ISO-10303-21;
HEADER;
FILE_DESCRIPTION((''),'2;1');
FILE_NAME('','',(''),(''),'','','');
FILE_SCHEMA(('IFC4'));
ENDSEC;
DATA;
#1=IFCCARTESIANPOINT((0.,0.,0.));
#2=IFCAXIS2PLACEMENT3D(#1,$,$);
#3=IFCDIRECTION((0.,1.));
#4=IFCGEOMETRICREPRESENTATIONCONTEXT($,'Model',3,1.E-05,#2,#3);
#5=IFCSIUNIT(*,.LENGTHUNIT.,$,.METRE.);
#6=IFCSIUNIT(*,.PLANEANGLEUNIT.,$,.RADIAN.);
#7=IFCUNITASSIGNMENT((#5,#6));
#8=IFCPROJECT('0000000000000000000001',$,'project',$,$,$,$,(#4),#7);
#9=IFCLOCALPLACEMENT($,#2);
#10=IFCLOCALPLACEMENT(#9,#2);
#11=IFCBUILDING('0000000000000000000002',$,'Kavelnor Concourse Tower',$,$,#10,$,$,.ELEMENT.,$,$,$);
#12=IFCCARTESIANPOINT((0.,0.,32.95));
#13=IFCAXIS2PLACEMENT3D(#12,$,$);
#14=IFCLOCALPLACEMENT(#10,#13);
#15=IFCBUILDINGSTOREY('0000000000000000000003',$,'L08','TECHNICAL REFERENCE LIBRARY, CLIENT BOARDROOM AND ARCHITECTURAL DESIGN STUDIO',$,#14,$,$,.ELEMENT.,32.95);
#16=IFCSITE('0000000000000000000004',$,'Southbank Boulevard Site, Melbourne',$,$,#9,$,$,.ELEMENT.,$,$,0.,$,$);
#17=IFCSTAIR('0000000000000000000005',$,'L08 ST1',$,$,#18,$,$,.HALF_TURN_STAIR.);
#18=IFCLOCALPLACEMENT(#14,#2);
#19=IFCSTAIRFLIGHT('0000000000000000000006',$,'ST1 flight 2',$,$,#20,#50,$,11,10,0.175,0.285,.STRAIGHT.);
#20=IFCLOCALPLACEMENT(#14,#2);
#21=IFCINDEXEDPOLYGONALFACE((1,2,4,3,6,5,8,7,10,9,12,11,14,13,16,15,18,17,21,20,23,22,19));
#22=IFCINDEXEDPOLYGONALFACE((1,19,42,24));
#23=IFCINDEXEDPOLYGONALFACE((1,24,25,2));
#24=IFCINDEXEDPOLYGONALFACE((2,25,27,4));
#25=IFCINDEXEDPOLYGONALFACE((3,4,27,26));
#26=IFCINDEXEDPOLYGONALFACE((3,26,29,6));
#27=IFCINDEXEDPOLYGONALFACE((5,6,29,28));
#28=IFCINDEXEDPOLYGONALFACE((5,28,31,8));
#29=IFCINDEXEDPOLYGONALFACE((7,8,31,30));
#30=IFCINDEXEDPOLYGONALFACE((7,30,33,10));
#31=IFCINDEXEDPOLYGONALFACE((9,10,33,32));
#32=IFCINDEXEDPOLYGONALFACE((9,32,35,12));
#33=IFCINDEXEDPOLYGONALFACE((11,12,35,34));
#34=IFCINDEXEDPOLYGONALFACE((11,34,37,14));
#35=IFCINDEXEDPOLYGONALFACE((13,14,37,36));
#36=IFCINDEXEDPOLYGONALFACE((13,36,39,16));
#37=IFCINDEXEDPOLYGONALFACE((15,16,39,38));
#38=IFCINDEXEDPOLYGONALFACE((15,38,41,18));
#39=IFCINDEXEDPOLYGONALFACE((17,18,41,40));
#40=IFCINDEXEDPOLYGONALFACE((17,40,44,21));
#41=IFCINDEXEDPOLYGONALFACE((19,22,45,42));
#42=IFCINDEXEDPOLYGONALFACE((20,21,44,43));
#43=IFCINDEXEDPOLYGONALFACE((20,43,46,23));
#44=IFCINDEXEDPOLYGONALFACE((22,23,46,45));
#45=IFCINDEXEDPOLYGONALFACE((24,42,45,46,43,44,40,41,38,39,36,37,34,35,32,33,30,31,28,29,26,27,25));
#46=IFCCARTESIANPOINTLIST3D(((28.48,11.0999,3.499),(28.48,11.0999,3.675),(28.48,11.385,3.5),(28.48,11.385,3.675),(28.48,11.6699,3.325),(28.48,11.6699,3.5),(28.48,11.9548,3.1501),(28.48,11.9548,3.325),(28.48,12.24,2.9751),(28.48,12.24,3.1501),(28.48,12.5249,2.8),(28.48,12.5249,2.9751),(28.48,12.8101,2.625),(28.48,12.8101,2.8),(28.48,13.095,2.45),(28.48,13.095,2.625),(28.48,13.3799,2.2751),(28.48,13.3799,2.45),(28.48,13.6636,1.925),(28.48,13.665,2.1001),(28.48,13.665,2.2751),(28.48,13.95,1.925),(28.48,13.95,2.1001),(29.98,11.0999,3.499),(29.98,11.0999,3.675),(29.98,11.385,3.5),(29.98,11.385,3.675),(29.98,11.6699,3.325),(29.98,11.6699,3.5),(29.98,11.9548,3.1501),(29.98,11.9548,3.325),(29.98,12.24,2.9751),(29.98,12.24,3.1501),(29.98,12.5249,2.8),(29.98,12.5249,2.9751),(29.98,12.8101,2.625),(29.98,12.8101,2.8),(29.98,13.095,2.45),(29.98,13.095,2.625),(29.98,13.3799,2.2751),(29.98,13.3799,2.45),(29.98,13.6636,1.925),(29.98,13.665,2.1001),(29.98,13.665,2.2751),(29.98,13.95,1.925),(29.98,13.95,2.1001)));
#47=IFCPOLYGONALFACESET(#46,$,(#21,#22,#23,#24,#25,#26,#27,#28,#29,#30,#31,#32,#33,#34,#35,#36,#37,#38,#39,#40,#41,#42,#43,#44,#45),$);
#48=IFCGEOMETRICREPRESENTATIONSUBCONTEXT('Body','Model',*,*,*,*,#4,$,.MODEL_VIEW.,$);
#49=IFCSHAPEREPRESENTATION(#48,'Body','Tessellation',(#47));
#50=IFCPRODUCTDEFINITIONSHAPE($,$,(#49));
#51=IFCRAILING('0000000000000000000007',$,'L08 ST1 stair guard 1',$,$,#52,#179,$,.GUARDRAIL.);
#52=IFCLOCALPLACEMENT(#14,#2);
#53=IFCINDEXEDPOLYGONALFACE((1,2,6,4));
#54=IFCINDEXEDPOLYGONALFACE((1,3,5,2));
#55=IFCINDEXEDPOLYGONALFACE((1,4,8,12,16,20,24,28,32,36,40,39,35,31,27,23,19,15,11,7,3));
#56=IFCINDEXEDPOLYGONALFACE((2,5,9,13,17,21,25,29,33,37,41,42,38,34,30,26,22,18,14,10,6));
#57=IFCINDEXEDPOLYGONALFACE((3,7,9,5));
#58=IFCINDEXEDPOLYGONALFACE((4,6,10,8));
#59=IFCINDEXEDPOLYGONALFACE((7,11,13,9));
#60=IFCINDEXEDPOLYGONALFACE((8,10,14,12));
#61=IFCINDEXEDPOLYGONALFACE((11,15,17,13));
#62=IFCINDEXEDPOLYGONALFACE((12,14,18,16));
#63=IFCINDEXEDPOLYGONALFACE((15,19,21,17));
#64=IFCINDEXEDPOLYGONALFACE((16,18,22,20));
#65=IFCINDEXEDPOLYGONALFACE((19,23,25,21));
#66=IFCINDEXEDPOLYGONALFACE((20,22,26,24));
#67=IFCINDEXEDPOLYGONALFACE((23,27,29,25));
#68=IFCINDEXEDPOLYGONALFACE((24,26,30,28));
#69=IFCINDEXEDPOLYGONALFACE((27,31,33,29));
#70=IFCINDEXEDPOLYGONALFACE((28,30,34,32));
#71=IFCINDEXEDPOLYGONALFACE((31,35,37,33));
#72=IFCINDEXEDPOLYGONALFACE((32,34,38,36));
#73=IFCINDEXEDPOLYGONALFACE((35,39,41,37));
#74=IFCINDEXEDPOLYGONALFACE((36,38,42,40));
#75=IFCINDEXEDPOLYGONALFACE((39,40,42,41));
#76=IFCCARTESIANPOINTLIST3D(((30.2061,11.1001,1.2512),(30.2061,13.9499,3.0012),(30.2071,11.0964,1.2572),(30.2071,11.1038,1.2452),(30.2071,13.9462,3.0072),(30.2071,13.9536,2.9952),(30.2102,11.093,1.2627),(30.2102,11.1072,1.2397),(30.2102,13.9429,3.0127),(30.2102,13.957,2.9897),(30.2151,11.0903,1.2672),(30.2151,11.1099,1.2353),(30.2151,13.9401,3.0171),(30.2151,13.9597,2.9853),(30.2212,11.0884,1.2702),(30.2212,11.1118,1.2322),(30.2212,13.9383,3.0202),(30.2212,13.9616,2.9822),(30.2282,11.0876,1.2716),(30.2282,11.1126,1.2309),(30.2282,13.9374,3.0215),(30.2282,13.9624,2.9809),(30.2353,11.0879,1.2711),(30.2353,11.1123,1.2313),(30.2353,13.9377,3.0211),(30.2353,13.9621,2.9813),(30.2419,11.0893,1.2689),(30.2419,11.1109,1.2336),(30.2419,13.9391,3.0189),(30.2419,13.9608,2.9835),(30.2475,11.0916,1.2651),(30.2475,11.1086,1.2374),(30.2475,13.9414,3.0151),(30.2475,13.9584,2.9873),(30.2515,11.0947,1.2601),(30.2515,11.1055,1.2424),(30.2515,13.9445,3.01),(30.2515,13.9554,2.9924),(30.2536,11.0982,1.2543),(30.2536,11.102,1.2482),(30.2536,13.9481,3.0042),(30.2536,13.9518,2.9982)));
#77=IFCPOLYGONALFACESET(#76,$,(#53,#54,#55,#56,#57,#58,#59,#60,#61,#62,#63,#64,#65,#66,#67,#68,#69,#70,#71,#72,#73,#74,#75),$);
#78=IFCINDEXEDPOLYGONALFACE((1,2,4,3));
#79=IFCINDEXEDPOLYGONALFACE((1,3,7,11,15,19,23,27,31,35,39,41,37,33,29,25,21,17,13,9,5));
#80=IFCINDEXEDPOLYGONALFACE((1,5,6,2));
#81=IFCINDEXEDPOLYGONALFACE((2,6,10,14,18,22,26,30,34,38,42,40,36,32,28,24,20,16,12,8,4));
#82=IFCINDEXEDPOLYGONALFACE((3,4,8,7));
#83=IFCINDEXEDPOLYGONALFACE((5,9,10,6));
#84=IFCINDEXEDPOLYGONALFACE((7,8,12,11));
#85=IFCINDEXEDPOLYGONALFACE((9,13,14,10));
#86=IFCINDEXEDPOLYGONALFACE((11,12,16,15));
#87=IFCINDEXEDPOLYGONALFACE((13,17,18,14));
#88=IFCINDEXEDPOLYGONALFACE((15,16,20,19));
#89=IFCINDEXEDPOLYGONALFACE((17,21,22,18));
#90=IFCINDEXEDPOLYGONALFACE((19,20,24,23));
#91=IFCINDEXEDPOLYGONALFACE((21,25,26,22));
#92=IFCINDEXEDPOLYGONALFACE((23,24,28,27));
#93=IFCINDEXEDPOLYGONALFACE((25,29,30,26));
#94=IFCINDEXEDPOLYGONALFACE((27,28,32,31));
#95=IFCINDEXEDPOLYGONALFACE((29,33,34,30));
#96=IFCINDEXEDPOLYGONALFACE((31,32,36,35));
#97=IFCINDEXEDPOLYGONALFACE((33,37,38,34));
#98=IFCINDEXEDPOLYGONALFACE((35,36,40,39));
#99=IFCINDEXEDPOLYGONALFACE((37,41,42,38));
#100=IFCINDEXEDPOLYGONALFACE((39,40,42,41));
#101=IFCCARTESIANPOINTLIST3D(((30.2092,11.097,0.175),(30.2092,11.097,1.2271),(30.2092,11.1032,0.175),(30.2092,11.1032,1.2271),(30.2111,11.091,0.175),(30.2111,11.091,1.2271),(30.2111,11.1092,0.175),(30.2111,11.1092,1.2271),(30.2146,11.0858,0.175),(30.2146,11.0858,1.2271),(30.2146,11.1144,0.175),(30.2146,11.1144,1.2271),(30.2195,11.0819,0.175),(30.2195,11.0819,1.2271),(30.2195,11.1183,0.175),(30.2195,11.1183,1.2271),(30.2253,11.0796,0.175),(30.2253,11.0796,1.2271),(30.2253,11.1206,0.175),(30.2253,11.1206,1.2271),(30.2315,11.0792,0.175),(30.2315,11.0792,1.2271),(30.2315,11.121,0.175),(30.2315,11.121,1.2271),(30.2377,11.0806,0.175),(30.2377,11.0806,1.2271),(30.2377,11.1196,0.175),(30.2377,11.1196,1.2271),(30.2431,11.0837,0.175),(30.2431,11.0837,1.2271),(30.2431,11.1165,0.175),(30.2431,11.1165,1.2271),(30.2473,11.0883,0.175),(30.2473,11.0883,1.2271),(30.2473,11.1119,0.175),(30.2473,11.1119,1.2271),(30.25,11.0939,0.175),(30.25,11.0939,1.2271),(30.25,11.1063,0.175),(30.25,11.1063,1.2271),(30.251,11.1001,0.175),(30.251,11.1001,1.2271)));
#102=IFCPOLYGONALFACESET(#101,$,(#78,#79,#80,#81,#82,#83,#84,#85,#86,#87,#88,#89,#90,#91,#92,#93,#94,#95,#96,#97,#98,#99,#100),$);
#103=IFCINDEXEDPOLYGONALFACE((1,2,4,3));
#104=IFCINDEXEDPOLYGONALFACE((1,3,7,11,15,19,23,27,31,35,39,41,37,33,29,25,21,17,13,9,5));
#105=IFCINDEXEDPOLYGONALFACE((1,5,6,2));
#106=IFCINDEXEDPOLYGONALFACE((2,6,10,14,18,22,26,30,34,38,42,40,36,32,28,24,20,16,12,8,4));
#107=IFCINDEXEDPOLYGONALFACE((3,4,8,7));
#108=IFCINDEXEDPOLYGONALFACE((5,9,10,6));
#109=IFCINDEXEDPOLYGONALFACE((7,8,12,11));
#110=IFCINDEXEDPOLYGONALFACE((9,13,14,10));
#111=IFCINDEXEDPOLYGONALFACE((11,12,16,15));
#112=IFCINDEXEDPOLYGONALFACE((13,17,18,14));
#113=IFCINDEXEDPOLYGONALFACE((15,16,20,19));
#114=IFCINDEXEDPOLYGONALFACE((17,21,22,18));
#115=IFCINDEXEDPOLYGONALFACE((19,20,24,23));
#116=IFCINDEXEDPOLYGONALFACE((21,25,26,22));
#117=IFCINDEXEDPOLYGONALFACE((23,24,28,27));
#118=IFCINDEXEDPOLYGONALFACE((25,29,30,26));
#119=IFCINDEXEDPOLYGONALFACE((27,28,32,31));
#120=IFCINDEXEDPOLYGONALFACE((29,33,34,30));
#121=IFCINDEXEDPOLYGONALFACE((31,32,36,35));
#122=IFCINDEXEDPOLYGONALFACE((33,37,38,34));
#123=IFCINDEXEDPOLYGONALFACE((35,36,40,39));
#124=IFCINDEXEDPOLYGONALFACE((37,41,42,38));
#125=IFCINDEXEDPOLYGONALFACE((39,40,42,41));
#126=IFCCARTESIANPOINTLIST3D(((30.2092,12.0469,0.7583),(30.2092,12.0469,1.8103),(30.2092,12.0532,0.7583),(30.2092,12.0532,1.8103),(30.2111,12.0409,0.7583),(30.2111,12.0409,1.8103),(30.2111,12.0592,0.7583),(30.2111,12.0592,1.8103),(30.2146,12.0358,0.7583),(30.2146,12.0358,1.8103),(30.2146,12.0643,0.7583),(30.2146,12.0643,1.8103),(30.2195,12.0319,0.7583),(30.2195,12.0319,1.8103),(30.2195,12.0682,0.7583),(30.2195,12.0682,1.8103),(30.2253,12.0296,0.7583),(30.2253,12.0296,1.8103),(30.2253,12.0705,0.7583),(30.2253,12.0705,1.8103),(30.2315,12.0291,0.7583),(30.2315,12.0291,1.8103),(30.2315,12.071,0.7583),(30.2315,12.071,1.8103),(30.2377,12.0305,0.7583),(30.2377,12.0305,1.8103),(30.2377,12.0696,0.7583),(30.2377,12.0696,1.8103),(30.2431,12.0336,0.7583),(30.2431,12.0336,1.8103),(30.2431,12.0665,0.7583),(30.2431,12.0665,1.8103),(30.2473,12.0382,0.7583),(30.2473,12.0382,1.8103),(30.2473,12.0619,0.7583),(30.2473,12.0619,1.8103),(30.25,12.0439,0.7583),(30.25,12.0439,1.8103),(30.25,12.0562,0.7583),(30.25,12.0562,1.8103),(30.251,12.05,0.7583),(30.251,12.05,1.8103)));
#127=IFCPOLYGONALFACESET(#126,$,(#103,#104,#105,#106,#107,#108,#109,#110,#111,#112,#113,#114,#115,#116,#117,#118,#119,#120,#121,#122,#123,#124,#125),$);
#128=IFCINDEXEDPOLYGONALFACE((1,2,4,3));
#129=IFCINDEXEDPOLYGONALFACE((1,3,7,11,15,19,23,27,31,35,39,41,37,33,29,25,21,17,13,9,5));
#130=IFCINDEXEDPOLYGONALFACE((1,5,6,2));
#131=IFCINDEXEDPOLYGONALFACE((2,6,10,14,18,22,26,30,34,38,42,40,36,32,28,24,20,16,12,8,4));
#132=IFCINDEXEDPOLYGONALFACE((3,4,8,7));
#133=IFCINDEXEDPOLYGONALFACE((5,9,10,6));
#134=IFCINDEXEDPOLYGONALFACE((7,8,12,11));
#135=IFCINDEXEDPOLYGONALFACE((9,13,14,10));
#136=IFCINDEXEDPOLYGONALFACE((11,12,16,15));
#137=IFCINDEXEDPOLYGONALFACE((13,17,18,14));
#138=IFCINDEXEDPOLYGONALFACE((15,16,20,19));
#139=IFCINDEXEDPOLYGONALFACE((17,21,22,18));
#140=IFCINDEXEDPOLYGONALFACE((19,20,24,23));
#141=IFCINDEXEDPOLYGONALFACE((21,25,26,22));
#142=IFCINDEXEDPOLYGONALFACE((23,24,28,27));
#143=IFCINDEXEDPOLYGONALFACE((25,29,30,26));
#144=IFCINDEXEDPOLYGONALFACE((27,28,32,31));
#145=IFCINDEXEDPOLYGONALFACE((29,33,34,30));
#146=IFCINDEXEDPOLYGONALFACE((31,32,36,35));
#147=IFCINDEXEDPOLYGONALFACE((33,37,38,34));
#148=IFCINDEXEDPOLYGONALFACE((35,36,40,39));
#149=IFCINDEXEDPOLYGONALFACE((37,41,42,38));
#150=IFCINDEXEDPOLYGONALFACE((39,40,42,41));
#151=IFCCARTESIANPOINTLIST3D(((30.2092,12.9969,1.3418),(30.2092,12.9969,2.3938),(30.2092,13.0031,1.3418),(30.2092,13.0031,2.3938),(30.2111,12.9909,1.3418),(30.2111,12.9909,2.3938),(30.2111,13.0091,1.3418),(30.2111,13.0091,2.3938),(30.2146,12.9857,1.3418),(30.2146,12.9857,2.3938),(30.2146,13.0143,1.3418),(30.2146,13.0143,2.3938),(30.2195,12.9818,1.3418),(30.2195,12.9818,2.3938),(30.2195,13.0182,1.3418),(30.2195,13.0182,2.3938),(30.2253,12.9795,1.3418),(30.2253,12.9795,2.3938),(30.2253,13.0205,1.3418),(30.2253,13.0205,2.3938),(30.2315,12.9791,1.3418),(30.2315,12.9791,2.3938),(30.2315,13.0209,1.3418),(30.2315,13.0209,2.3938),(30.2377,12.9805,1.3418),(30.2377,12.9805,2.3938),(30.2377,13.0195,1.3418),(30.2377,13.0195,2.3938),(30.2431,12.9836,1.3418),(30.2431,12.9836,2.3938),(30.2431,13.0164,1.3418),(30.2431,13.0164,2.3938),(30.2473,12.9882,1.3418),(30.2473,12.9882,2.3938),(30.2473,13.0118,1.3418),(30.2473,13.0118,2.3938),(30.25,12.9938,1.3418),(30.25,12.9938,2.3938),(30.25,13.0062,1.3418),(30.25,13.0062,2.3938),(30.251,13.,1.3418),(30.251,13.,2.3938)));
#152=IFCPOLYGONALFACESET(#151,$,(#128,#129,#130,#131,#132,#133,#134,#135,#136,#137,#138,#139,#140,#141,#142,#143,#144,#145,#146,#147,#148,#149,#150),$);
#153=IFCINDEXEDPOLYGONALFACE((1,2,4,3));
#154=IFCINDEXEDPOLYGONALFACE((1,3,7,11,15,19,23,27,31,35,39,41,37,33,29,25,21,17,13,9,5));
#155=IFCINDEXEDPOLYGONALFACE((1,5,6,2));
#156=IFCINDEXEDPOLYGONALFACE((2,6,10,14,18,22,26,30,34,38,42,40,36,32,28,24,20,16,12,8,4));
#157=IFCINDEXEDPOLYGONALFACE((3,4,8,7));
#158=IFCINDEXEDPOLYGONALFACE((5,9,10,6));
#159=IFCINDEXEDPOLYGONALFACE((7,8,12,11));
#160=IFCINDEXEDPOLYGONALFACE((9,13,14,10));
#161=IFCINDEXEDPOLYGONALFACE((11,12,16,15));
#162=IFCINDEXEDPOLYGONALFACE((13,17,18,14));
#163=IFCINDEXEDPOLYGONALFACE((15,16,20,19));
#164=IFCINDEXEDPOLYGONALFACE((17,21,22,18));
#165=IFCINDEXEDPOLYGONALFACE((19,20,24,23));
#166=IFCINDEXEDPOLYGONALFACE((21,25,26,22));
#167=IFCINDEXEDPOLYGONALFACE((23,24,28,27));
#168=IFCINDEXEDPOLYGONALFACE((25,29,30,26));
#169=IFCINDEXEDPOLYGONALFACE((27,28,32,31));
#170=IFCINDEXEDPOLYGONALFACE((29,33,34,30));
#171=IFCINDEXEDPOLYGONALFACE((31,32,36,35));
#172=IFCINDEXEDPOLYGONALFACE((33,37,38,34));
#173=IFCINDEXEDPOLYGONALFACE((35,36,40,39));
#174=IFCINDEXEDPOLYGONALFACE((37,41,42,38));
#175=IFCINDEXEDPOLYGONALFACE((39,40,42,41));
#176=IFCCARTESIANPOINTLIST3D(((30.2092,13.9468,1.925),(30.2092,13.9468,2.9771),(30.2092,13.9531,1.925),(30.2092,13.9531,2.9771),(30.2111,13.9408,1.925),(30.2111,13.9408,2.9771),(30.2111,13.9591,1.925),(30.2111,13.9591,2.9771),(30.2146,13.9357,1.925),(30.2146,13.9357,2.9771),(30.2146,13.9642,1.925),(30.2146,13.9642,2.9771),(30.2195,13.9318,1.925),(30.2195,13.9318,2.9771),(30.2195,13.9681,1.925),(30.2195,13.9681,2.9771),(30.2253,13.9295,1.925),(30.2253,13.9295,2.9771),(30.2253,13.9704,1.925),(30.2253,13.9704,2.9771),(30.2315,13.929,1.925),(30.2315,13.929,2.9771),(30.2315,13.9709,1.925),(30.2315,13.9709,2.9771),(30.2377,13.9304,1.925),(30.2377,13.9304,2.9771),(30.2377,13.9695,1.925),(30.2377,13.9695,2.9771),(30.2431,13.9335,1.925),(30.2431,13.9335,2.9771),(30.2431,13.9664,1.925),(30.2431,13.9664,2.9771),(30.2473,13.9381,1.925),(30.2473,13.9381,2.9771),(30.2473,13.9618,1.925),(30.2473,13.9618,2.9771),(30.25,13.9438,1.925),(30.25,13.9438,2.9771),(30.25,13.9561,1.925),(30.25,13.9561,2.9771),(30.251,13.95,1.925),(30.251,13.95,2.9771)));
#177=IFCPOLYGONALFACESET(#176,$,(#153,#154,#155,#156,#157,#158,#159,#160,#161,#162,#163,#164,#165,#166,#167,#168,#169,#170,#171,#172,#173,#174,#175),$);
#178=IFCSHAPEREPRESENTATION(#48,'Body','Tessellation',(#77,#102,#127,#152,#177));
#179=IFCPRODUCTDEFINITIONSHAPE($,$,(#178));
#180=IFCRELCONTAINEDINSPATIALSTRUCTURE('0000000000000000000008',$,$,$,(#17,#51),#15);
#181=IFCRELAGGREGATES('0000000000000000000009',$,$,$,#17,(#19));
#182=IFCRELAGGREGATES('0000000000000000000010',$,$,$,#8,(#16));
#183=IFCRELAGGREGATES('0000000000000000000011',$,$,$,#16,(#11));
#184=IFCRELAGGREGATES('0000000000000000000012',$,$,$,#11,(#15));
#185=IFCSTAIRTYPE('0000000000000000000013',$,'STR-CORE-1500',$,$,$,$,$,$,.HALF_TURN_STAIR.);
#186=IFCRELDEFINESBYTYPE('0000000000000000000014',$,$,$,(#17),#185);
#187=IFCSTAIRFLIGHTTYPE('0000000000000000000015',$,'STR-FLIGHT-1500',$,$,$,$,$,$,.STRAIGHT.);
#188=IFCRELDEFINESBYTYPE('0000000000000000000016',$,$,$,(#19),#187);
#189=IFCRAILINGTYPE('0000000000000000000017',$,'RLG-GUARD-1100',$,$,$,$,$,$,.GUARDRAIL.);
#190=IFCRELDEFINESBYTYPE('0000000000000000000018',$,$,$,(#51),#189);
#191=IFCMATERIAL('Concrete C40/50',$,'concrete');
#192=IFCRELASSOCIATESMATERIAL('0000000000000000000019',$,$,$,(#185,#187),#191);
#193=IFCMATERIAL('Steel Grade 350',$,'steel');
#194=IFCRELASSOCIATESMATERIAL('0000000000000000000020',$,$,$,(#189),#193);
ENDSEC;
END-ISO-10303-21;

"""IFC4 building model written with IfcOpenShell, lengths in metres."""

from ifc_helpers import new_model, si_unit, direction, frame, origin, origin_2d, place, context, subcontext, project, spatial, polyline, circle, outline, extrude, material, type_object, element, aggregate, save


model = new_model("IFC4")

# Units and contexts
model_context = context("Model", 3, precision=1e-05, world=origin(), true_north=direction((0.0, 1.0)))
body_context = subcontext(model_context, "Body", "Model", "MODEL_VIEW")
ifc_project = project(units=[si_unit("LENGTHUNIT", "METRE"), si_unit("PLANEANGLEUNIT", "RADIAN")], contexts=[model_context])

# Site, building, storey
site_placement = place(None, origin())
site = spatial("IfcSite", under=ifc_project, at=site_placement, Name="Southbank Boulevard Site, Melbourne", CompositionType="ELEMENT", RefElevation=0.0)
building_placement = place(site_placement, origin())
building = spatial("IfcBuilding", under=site, at=building_placement, Name="Kavelnor Concourse Tower", CompositionType="ELEMENT")
storey_placement = place(building_placement, frame((0.0, 0.0, 32.95)))
storey = spatial("IfcBuildingStorey", under=building, at=storey_placement, Name="L08", Description="TECHNICAL REFERENCE LIBRARY, CLIENT BOARDROOM AND ARCHITECTURAL DESIGN STUDIO", CompositionType="ELEMENT", Elevation=32.95)

# Shared definitions
ifc_material_1 = material(Name="Steel Grade 350", Category="steel")

# Stair, stair flight
ifc_material_2 = material(Name="Concrete C40/50", Category="concrete")
stair_type = type_object("IfcStairType", Name="STR-CORE-1500", PredefinedType="HALF_TURN_STAIR", material=ifc_material_2)
stair_placement = place(storey_placement, origin())
stair = element("IfcStair", 1, at=stair_placement, inside=storey, type_object=stair_type, Name="L08 ST1", PredefinedType="HALF_TURN_STAIR")
stair_flight_type = type_object("IfcStairFlightType", Name="STR-FLIGHT-1500", PredefinedType="STRAIGHT", material=ifc_material_2)
stair_flight_1_placement = place(storey_placement, frame((29.23, 13.95, 1.925), z_axis=(0.0, 0.0, 1.0), x_axis=(0.0, -1.0, 0.0)))
stair_flight_1 = element("IfcStairFlight", 2, at=stair_flight_1_placement, type_object=stair_flight_type, Name="ST1 flight 2", NumberOfRisers=11, NumberOfTreads=10, PredefinedType="STRAIGHT", RiserHeight=0.175, TreadLength=0.285, context=body_context, shape_type="SweptSolid", body=[
    extrude(outline(polyline([(0.0, 0.0), (0.0, 0.175), (0.2849, 0.175), (0.2849, 0.3501), (0.5701, 0.3501), (0.5701, 0.5249), (0.855, 0.5249), (0.855, 0.7), (1.1399, 0.7), (1.1399, 0.875), (1.425, 0.875), (1.425, 1.05), (1.71, 1.05), (1.71, 1.2251), (1.9951, 1.2251), (1.9951, 1.3999), (2.28, 1.3999), (2.28, 1.575), (2.5649, 1.575), (2.5649, 1.75), (2.8501, 1.75), (2.8501, 1.925), (2.8501, 1.574), (0.2864, 0.0), (0.0, 0.0)])), frame((0.0, 0.75, 0.0), z_axis=(0.0, -1.0, 0.0), x_axis=(1.0, 0.0, 0.0)), (0.0, 0.0, 1.0), 1.5),
])
aggregate(stair, [stair_flight_1])

# Railing
railing_type_1 = type_object("IfcRailingType", Name="RLG-GUARD-1100", PredefinedType="GUARDRAIL", material=ifc_material_1)
railing_1_placement = place(storey_placement, frame((30.23, 11.1001, 0.175)))
element("IfcRailing", 3, at=railing_1_placement, inside=storey, type_object=railing_type_1, Name="L08 ST1 stair guard 1", PredefinedType="GUARDRAIL", context=body_context, shape_type="SweptSolid", body=[
    extrude(circle(Radius=0.0239, at=origin_2d()), frame((0.0, 0.0, 1.0762), z_axis=(0.0, 0.852159, 0.523283), x_axis=(-1.0, 0.0, 0.0)), (0.0, 0.0, 1.0), 3.3442),
    extrude(circle(Radius=0.021, at=origin_2d()), origin(), (0.0, 0.0, 1.0), 1.052),
    extrude(circle(Radius=0.021, at=origin_2d()), frame((0.0, 0.95, 0.5833)), (0.0, 0.0, 1.0), 1.052),
    extrude(circle(Radius=0.021, at=origin_2d()), frame((0.0, 1.8999, 1.1667)), (0.0, 0.0, 1.0), 1.052),
    extrude(circle(Radius=0.021, at=origin_2d()), frame((0.0, 2.8499, 1.75)), (0.0, 0.0, 1.0), 1.052),
])

save(model, "model.ifc")
